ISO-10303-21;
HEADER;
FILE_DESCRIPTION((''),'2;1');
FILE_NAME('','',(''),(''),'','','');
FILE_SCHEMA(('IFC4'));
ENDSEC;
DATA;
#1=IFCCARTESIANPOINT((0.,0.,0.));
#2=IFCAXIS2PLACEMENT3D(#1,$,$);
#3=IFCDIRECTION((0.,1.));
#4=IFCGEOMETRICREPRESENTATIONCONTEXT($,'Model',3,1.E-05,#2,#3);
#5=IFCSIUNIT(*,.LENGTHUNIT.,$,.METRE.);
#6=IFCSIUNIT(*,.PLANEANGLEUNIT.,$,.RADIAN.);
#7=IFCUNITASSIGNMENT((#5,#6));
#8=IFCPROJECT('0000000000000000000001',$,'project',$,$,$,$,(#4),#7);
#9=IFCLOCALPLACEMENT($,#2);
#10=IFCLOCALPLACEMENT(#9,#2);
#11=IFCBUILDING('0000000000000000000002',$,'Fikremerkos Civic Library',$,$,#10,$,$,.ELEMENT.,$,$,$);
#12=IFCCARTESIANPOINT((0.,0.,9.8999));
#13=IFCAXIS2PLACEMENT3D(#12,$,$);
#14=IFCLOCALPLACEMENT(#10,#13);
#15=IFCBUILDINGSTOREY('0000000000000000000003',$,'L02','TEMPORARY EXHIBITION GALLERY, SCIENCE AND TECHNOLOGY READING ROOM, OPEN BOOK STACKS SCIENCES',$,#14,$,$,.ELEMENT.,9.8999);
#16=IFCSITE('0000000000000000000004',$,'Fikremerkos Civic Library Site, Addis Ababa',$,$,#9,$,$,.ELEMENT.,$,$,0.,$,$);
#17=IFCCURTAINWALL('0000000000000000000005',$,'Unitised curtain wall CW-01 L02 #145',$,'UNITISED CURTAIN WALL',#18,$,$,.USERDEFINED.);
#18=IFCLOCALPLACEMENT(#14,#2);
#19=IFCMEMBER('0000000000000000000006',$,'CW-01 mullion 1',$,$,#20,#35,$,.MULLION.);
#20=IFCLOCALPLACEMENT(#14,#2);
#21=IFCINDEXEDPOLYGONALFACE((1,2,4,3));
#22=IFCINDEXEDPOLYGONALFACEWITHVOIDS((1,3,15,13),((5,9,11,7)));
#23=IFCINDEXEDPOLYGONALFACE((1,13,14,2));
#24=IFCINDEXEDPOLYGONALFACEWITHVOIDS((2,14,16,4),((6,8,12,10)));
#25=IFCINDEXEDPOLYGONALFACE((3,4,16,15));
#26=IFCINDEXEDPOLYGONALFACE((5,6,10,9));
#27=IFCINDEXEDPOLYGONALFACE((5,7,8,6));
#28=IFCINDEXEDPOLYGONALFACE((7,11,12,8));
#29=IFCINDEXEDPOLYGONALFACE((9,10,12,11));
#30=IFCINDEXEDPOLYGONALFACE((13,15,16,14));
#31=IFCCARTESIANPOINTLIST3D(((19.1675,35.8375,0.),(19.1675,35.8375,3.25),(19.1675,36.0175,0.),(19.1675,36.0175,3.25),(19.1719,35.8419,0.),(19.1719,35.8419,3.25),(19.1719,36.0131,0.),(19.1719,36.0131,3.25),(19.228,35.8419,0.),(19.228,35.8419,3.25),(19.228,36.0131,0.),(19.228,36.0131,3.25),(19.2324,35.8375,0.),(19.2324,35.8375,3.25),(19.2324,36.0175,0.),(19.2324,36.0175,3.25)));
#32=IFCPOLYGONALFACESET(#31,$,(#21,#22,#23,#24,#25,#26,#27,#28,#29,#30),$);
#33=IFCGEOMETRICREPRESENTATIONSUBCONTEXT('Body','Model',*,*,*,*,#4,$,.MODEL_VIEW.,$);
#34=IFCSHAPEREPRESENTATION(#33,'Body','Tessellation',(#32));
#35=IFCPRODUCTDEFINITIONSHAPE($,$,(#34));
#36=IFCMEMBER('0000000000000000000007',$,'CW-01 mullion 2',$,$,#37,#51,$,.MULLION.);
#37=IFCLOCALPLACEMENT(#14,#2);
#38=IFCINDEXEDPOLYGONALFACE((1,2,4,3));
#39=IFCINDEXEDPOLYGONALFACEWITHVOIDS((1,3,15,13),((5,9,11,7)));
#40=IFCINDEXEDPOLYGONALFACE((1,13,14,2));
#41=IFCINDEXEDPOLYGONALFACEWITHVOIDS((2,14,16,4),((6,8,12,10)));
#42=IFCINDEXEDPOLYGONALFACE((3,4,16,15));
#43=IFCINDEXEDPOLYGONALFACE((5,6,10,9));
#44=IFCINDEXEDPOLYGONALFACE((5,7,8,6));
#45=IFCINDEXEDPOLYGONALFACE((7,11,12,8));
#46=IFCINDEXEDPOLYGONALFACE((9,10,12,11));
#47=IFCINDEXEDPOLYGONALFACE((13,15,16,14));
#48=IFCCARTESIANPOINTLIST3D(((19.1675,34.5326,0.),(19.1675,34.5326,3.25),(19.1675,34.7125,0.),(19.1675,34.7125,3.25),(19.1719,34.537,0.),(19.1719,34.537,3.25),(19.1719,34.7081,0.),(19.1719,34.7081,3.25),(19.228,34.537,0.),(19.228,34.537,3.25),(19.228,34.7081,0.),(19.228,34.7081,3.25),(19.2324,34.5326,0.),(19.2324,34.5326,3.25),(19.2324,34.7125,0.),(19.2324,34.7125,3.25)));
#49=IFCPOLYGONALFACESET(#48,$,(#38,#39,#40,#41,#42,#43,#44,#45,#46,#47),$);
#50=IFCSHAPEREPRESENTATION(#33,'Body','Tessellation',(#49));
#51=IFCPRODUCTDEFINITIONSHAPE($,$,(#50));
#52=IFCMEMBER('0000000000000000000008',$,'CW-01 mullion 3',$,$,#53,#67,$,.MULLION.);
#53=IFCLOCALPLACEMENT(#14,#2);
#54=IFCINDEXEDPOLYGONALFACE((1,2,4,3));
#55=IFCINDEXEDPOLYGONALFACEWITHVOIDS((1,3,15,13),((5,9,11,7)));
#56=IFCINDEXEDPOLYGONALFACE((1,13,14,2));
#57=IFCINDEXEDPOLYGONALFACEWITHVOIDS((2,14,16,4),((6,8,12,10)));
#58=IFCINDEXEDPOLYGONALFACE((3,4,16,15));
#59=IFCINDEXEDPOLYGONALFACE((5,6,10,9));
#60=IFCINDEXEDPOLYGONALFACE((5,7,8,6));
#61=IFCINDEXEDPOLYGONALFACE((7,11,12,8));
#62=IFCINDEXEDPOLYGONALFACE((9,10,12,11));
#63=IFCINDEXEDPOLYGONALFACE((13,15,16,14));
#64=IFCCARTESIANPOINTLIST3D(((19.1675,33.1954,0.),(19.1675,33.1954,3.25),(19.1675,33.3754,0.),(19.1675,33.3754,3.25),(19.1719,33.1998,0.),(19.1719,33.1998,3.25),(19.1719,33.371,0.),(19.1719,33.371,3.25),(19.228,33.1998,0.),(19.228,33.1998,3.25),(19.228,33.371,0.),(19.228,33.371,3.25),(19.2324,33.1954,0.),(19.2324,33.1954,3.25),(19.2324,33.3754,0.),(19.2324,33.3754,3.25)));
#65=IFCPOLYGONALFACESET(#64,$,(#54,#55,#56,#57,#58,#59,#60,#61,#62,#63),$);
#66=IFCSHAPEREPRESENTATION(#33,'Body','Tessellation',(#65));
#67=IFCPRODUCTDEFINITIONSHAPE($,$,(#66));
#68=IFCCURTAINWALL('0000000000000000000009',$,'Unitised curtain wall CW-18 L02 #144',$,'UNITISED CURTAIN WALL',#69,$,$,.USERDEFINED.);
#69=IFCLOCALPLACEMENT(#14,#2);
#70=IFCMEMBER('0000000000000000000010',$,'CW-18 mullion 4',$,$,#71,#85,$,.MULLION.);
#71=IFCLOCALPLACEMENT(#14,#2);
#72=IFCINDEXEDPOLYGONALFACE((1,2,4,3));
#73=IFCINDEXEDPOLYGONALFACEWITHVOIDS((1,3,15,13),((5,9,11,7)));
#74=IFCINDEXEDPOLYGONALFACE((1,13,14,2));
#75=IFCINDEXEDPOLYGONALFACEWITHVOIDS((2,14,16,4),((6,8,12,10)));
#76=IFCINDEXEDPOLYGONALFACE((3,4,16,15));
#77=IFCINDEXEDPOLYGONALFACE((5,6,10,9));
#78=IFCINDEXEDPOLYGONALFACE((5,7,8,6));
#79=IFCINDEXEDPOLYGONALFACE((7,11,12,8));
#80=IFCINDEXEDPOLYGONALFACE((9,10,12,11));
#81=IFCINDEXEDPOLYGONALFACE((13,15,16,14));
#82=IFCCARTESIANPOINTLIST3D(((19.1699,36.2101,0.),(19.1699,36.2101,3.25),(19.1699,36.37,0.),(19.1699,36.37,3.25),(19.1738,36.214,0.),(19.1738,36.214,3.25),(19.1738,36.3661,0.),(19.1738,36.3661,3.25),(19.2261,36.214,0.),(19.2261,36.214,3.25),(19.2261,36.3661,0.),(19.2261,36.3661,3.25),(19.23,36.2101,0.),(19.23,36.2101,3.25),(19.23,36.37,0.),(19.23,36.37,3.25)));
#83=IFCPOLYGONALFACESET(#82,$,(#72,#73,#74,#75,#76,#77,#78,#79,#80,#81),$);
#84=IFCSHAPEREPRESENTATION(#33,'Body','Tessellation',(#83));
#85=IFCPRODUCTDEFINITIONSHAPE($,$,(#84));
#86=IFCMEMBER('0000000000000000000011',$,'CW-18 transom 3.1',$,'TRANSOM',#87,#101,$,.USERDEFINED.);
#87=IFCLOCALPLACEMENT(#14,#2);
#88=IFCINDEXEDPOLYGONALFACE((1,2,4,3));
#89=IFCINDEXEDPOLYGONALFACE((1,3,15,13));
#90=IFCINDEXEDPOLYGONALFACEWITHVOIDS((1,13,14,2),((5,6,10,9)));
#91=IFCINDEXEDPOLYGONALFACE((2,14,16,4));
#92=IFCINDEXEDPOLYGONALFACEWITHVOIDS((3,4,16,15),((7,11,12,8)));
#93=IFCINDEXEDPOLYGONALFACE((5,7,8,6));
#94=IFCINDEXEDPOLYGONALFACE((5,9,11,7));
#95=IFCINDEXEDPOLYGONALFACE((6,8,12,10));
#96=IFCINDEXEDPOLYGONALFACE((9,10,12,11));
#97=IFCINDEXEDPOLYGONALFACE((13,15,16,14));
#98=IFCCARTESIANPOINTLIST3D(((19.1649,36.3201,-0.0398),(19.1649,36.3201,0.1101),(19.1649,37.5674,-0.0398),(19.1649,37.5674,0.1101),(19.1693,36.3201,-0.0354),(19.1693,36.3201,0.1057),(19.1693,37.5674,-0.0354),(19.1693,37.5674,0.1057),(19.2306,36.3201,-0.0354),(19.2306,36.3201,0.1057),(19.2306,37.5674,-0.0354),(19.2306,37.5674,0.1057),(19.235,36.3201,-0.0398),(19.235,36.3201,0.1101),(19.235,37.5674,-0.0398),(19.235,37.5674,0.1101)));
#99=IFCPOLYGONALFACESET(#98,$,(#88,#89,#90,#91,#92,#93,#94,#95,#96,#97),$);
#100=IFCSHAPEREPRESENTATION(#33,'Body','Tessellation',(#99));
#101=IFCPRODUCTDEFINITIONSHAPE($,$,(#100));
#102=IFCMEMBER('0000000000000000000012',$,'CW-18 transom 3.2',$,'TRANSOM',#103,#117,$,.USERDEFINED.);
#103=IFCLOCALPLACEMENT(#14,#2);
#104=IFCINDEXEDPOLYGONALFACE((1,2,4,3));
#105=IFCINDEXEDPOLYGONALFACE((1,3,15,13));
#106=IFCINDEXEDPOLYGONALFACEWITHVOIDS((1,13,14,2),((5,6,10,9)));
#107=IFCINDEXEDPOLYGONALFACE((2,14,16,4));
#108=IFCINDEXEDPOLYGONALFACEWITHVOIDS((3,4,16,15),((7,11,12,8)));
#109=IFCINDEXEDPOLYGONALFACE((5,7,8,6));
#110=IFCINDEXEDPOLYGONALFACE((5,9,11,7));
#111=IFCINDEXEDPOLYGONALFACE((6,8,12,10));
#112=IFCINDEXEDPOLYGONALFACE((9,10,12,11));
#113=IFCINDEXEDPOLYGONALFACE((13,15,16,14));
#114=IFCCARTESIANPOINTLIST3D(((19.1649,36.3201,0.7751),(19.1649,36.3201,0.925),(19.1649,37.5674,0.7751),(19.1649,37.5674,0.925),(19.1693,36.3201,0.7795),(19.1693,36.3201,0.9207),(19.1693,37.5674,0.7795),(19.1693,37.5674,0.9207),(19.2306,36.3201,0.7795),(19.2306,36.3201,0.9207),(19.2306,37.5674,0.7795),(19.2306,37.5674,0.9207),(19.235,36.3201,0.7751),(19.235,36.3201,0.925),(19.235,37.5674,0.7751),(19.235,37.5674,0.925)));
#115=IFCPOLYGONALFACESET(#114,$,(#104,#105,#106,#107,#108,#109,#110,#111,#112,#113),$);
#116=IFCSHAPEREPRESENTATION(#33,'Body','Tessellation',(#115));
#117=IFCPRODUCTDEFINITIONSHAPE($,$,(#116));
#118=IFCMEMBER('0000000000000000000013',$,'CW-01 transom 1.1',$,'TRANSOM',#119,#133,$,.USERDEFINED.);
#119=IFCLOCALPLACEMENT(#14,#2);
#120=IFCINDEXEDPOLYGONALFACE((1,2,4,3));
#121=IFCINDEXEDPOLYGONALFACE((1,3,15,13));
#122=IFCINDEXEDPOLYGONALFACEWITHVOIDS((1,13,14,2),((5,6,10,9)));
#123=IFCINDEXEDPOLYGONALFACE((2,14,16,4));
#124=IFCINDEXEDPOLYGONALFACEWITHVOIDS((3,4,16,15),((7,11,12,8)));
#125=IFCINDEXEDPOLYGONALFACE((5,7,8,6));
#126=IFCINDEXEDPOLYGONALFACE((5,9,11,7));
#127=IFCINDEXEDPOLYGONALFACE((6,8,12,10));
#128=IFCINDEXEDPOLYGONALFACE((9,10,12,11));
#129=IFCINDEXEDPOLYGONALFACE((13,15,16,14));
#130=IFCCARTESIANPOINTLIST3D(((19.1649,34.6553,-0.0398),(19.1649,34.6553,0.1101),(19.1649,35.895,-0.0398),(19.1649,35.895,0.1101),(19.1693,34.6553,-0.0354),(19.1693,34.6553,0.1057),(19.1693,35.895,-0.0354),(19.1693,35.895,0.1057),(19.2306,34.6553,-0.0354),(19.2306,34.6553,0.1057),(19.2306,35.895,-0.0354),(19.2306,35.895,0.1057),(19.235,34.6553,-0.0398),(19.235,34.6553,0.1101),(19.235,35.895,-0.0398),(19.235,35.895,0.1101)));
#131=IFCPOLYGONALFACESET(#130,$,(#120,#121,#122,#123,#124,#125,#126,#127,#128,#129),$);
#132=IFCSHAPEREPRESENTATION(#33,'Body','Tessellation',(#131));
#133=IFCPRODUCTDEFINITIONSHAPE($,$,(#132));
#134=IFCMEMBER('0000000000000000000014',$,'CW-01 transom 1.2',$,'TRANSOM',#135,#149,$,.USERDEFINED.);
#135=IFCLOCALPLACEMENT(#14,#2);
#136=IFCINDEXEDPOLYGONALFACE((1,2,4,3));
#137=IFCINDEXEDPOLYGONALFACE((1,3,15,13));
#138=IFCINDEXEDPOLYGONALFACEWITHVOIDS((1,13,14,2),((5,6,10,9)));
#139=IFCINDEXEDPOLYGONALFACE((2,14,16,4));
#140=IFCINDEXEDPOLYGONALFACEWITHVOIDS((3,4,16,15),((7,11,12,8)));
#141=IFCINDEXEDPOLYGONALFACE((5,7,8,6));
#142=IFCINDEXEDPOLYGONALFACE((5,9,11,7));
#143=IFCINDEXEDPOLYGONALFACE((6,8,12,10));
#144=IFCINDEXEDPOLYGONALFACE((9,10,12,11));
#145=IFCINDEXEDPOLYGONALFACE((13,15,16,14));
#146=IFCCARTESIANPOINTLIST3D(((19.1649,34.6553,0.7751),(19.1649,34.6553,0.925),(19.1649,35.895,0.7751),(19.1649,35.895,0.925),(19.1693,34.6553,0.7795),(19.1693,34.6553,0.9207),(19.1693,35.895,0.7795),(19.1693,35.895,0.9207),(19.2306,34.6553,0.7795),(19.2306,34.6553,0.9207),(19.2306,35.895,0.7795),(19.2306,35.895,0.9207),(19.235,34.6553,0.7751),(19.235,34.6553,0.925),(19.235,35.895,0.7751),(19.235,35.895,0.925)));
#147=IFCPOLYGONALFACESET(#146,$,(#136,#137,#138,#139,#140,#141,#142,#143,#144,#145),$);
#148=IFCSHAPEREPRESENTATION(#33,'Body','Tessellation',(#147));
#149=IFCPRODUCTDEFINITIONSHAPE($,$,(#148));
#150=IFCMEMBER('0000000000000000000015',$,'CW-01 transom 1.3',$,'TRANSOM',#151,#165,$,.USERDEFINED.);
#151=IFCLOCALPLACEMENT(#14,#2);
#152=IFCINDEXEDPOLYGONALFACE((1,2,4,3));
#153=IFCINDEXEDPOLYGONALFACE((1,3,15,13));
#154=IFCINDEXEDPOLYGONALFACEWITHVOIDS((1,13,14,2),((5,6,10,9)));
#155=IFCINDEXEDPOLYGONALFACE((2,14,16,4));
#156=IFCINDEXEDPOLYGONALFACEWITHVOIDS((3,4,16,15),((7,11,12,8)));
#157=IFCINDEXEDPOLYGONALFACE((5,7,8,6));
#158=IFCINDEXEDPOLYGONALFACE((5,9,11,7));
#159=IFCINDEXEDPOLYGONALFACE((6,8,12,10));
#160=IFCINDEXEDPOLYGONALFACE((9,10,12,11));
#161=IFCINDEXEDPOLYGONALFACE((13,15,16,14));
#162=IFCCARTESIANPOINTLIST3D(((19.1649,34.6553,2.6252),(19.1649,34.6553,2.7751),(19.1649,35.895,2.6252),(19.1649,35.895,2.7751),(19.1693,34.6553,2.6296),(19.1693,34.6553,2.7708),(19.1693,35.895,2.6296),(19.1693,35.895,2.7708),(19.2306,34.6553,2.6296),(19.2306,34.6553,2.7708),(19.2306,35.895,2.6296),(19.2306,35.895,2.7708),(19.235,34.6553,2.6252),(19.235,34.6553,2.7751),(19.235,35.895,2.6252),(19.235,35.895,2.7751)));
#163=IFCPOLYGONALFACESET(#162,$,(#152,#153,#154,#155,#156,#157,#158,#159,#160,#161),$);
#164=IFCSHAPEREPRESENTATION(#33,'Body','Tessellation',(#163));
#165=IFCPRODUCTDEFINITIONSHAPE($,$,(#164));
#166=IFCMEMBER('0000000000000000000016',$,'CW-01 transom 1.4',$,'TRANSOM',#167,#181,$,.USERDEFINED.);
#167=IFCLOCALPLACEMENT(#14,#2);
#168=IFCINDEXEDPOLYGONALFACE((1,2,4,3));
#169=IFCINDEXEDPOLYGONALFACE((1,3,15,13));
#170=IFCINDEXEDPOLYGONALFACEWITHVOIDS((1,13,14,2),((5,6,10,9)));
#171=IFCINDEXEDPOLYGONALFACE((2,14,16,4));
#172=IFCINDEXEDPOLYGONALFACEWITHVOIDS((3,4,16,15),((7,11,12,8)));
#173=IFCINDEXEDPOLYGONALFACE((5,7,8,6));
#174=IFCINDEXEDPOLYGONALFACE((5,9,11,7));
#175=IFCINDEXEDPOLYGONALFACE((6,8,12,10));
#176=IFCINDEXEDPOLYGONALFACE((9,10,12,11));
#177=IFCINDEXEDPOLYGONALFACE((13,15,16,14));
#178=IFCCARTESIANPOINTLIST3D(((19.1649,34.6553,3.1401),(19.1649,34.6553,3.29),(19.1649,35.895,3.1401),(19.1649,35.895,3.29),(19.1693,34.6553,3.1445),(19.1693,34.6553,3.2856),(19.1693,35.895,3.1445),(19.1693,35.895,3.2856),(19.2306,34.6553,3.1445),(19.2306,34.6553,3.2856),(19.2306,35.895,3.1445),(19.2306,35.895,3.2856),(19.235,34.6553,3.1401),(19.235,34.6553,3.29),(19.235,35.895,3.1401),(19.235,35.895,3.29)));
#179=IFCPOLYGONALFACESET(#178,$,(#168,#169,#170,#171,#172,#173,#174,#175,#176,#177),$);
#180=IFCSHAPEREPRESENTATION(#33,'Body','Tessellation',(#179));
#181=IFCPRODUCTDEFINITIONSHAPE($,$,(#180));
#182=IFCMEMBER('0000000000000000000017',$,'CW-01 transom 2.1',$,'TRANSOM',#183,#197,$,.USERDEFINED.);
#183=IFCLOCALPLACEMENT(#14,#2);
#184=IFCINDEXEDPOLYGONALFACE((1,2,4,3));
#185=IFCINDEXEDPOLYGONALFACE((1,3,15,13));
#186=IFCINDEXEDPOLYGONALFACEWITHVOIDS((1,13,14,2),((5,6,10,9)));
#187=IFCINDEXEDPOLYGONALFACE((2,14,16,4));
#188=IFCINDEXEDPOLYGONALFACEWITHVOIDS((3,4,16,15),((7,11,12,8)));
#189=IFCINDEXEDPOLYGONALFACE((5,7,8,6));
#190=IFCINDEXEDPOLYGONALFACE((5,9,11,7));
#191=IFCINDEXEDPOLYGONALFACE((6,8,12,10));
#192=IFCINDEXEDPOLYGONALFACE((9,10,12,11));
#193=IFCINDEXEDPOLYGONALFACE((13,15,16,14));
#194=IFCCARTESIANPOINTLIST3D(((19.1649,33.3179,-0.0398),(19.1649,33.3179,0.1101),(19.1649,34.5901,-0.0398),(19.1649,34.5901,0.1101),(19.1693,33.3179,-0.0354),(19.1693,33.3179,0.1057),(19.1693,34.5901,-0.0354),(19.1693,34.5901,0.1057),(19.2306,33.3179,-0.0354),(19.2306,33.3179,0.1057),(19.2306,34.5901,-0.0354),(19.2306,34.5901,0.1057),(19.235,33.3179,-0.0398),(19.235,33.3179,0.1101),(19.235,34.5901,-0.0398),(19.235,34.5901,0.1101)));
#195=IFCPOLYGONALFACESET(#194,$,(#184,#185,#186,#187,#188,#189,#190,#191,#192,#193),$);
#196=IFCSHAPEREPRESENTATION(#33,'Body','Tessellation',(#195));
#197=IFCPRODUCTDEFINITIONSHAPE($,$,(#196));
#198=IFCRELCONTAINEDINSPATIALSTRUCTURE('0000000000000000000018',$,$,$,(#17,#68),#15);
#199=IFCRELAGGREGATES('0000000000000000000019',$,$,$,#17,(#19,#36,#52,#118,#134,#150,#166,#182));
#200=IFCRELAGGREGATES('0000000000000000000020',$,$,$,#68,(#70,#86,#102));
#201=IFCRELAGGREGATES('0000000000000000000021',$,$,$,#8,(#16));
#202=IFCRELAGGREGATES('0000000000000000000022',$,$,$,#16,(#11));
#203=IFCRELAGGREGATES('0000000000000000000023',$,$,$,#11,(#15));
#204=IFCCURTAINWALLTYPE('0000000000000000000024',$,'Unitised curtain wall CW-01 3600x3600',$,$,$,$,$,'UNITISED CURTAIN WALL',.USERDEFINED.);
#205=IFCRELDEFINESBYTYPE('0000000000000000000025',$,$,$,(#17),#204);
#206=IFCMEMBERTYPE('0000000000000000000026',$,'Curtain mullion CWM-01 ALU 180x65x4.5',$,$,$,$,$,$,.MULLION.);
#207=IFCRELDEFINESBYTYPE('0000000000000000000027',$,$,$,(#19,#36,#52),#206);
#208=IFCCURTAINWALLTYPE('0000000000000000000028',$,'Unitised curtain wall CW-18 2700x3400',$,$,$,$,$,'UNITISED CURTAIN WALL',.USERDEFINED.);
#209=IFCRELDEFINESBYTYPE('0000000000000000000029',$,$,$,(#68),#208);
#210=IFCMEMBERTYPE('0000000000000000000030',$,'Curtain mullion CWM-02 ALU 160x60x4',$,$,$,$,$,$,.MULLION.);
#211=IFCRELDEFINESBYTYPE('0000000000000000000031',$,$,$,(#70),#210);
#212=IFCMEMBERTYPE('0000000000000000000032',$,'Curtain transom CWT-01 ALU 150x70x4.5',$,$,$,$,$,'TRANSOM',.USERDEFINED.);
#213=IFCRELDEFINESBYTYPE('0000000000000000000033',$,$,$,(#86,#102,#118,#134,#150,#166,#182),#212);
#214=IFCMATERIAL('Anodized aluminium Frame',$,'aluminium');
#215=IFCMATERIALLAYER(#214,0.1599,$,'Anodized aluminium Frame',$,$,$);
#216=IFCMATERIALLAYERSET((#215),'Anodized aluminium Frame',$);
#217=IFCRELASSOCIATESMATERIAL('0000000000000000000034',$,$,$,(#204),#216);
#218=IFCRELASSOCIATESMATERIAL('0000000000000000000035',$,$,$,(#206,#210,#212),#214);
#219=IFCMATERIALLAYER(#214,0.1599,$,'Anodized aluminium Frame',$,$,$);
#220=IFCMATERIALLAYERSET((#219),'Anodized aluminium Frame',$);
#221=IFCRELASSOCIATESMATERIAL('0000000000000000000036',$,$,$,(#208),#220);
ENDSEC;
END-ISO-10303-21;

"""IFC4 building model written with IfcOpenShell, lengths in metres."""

from ifc_helpers import new_model, si_unit, direction, frame, origin, origin_2d, place, context, subcontext, project, spatial, hollow_rectangle, extrude, material, layer, layer_set, material_profile, profile_set, type_object, element, aggregate, save


model = new_model("IFC4")

# Units and contexts
model_context = context("Model", 3, precision=1e-05, world=origin(), true_north=direction((0.0, 1.0)))
body_context = subcontext(model_context, "Body", "Model", "MODEL_VIEW")
ifc_project = project(units=[si_unit("LENGTHUNIT", "METRE"), si_unit("PLANEANGLEUNIT", "RADIAN")], contexts=[model_context])

# Site, building, storey
site_placement = place(None, origin())
site = spatial("IfcSite", under=ifc_project, at=site_placement, Name="Fikremerkos Civic Library Site, Addis Ababa", CompositionType="ELEMENT", RefElevation=0.0)
building_placement = place(site_placement, origin())
building = spatial("IfcBuilding", under=site, at=building_placement, Name="Fikremerkos Civic Library", CompositionType="ELEMENT")
storey_placement = place(building_placement, frame((0.0, 0.0, 9.8999)))
storey = spatial("IfcBuildingStorey", under=building, at=storey_placement, Name="L02", Description="TEMPORARY EXHIBITION GALLERY, SCIENCE AND TECHNOLOGY READING ROOM, OPEN BOOK STACKS SCIENCES", CompositionType="ELEMENT", Elevation=9.8999)

# Curtain walls, members
ifc_material_1 = material(Name="Anodized aluminium Frame", Category="aluminium")
ifc_layer_1 = layer(ifc_material_1, 0.1599, Name="Anodized aluminium Frame")
ifc_layer_set_1 = layer_set([ifc_layer_1], Name="Anodized aluminium Frame")
curtain_wall_type_1 = type_object("IfcCurtainWallType", Name="Unitised curtain wall CW-01 3600x3600", ElementType="UNITISED CURTAIN WALL", PredefinedType="USERDEFINED", material=ifc_layer_set_1)
curtain_wall_1_placement = place(storey_placement, origin())
curtain_wall_1 = element("IfcCurtainWall", 1, at=curtain_wall_1_placement, inside=storey, type_object=curtain_wall_type_1, Name="Unitised curtain wall CW-01 L02 #145", ObjectType="UNITISED CURTAIN WALL", PredefinedType="USERDEFINED")
ifc_material_profile_1 = material_profile(ifc_material_1, hollow_rectangle(XDim=0.0649, YDim=0.1799, WallThickness=0.0044, at=origin_2d()), Name="ALU 180x65x4.5")
ifc_profile_set_1 = profile_set([ifc_material_profile_1], Name="Anodized aluminium Frame")
member_type_1 = type_object("IfcMemberType", Name="Curtain mullion CWM-01 ALU 180x65x4.5", PredefinedType="MULLION", material=ifc_profile_set_1)
member_1_placement = place(storey_placement, frame((19.2, 35.9275, 0.0), z_axis=(0.0, 0.0, 1.0), x_axis=(1.0, 0.0, 0.0)))
member_1 = element("IfcMember", 2, at=member_1_placement, type_object=member_type_1, Name="CW-01 mullion 1", PredefinedType="MULLION", context=body_context, shape_type="SweptSolid", body=[
    extrude(hollow_rectangle(XDim=0.0649, YDim=0.1799, WallThickness=0.0044, at=origin_2d()), origin(), (0.0, 0.0, 1.0), 3.25),
])
member_2_placement = place(storey_placement, frame((19.2, 34.6226, 0.0), z_axis=(0.0, 0.0, 1.0), x_axis=(1.0, 0.0, 0.0)))
member_2 = element("IfcMember", 3, at=member_2_placement, type_object=member_type_1, Name="CW-01 mullion 2", PredefinedType="MULLION", context=body_context, shape_type="SweptSolid", body=[
    extrude(hollow_rectangle(XDim=0.0649, YDim=0.1799, WallThickness=0.0044, at=origin_2d()), origin(), (0.0, 0.0, 1.0), 3.25),
])
member_3_placement = place(storey_placement, frame((19.2, 33.2854, 0.0), z_axis=(0.0, 0.0, 1.0), x_axis=(1.0, 0.0, 0.0)))
member_3 = element("IfcMember", 4, at=member_3_placement, type_object=member_type_1, Name="CW-01 mullion 3", PredefinedType="MULLION", context=body_context, shape_type="SweptSolid", body=[
    extrude(hollow_rectangle(XDim=0.0649, YDim=0.1799, WallThickness=0.0044, at=origin_2d()), origin(), (0.0, 0.0, 1.0), 3.25),
])
ifc_layer_2 = layer(ifc_material_1, 0.1599, Name="Anodized aluminium Frame")
ifc_layer_set_2 = layer_set([ifc_layer_2], Name="Anodized aluminium Frame")
curtain_wall_type_2 = type_object("IfcCurtainWallType", Name="Unitised curtain wall CW-18 2700x3400", ElementType="UNITISED CURTAIN WALL", PredefinedType="USERDEFINED", material=ifc_layer_set_2)
curtain_wall_2_placement = place(storey_placement, origin())
curtain_wall_2 = element("IfcCurtainWall", 5, at=curtain_wall_2_placement, inside=storey, type_object=curtain_wall_type_2, Name="Unitised curtain wall CW-18 L02 #144", ObjectType="UNITISED CURTAIN WALL", PredefinedType="USERDEFINED")
ifc_material_profile_2 = material_profile(ifc_material_1, hollow_rectangle(XDim=0.0601, YDim=0.1599, WallThickness=0.0039, at=origin_2d()), Name="ALU 160x60x4")
ifc_profile_set_2 = profile_set([ifc_material_profile_2], Name="Anodized aluminium Frame")
member_type_2 = type_object("IfcMemberType", Name="Curtain mullion CWM-02 ALU 160x60x4", PredefinedType="MULLION", material=ifc_profile_set_2)
member_4_placement = place(storey_placement, frame((19.2, 36.29, 0.0), z_axis=(0.0, 0.0, 1.0), x_axis=(1.0, 0.0, 0.0)))
member_4 = element("IfcMember", 6, at=member_4_placement, type_object=member_type_2, Name="CW-18 mullion 4", PredefinedType="MULLION", context=body_context, shape_type="SweptSolid", body=[
    extrude(hollow_rectangle(XDim=0.0601, YDim=0.1599, WallThickness=0.0039, at=origin_2d()), origin(), (0.0, 0.0, 1.0), 3.25),
])
ifc_material_profile_3 = material_profile(ifc_material_1, hollow_rectangle(XDim=0.0701, YDim=0.1499, WallThickness=0.0044, at=origin_2d()), Name="ALU 150x70x4.5")
ifc_profile_set_3 = profile_set([ifc_material_profile_3], Name="Anodized aluminium Frame")
member_type_3 = type_object("IfcMemberType", Name="Curtain transom CWT-01 ALU 150x70x4.5", ElementType="TRANSOM", PredefinedType="USERDEFINED", material=ifc_profile_set_3)
member_5_placement = place(storey_placement, frame((19.2, 37.5674, 0.0352), z_axis=(0.0, -1.0, 0.0), x_axis=(1.0, 0.0, 0.0)))
member_5 = element("IfcMember", 7, at=member_5_placement, type_object=member_type_3, Name="CW-18 transom 3.1", ObjectType="TRANSOM", PredefinedType="USERDEFINED", context=body_context, shape_type="SweptSolid", body=[
    extrude(hollow_rectangle(XDim=0.0701, YDim=0.1499, WallThickness=0.0044, at=origin_2d()), origin(), (0.0, 0.0, 1.0), 1.2473),
])
member_6_placement = place(storey_placement, frame((19.2, 37.5674, 0.8501), z_axis=(0.0, -1.0, 0.0), x_axis=(1.0, 0.0, 0.0)))
member_6 = element("IfcMember", 8, at=member_6_placement, type_object=member_type_3, Name="CW-18 transom 3.2", ObjectType="TRANSOM", PredefinedType="USERDEFINED", context=body_context, shape_type="SweptSolid", body=[
    extrude(hollow_rectangle(XDim=0.0701, YDim=0.1499, WallThickness=0.0044, at=origin_2d()), origin(), (0.0, 0.0, 1.0), 1.2473),
])

# Members
member_7_placement = place(storey_placement, frame((19.2, 35.895, 0.0352), z_axis=(0.0, -1.0, 0.0), x_axis=(1.0, 0.0, 0.0)))
member_7 = element("IfcMember", 9, at=member_7_placement, type_object=member_type_3, Name="CW-01 transom 1.1", ObjectType="TRANSOM", PredefinedType="USERDEFINED", context=body_context, shape_type="SweptSolid", body=[
    extrude(hollow_rectangle(XDim=0.0701, YDim=0.1499, WallThickness=0.0044, at=origin_2d()), origin(), (0.0, 0.0, 1.0), 1.2397),
])
member_8_placement = place(storey_placement, frame((19.2, 35.895, 0.8501), z_axis=(0.0, -1.0, 0.0), x_axis=(1.0, 0.0, 0.0)))
member_8 = element("IfcMember", 10, at=member_8_placement, type_object=member_type_3, Name="CW-01 transom 1.2", ObjectType="TRANSOM", PredefinedType="USERDEFINED", context=body_context, shape_type="SweptSolid", body=[
    extrude(hollow_rectangle(XDim=0.0701, YDim=0.1499, WallThickness=0.0044, at=origin_2d()), origin(), (0.0, 0.0, 1.0), 1.2397),
])
member_9_placement = place(storey_placement, frame((19.2, 35.895, 2.7002), z_axis=(0.0, -1.0, 0.0), x_axis=(1.0, 0.0, 0.0)))
member_9 = element("IfcMember", 11, at=member_9_placement, type_object=member_type_3, Name="CW-01 transom 1.3", ObjectType="TRANSOM", PredefinedType="USERDEFINED", context=body_context, shape_type="SweptSolid", body=[
    extrude(hollow_rectangle(XDim=0.0701, YDim=0.1499, WallThickness=0.0044, at=origin_2d()), origin(), (0.0, 0.0, 1.0), 1.2397),
])
member_10_placement = place(storey_placement, frame((19.2, 35.895, 3.2151), z_axis=(0.0, -1.0, 0.0), x_axis=(1.0, 0.0, 0.0)))
member_10 = element("IfcMember", 12, at=member_10_placement, type_object=member_type_3, Name="CW-01 transom 1.4", ObjectType="TRANSOM", PredefinedType="USERDEFINED", context=body_context, shape_type="SweptSolid", body=[
    extrude(hollow_rectangle(XDim=0.0701, YDim=0.1499, WallThickness=0.0044, at=origin_2d()), origin(), (0.0, 0.0, 1.0), 1.2397),
])
member_11_placement = place(storey_placement, frame((19.2, 34.5901, 0.0352), z_axis=(0.0, -1.0, 0.0), x_axis=(1.0, 0.0, 0.0)))
member_11 = element("IfcMember", 13, at=member_11_placement, type_object=member_type_3, Name="CW-01 transom 2.1", ObjectType="TRANSOM", PredefinedType="USERDEFINED", context=body_context, shape_type="SweptSolid", body=[
    extrude(hollow_rectangle(XDim=0.0701, YDim=0.1499, WallThickness=0.0044, at=origin_2d()), origin(), (0.0, 0.0, 1.0), 1.2722),
])

aggregate(curtain_wall_1, [member_1, member_2, member_3, member_7, member_8, member_9, member_10, member_11])
aggregate(curtain_wall_2, [member_4, member_5, member_6])

save(model, "model.ifc")
